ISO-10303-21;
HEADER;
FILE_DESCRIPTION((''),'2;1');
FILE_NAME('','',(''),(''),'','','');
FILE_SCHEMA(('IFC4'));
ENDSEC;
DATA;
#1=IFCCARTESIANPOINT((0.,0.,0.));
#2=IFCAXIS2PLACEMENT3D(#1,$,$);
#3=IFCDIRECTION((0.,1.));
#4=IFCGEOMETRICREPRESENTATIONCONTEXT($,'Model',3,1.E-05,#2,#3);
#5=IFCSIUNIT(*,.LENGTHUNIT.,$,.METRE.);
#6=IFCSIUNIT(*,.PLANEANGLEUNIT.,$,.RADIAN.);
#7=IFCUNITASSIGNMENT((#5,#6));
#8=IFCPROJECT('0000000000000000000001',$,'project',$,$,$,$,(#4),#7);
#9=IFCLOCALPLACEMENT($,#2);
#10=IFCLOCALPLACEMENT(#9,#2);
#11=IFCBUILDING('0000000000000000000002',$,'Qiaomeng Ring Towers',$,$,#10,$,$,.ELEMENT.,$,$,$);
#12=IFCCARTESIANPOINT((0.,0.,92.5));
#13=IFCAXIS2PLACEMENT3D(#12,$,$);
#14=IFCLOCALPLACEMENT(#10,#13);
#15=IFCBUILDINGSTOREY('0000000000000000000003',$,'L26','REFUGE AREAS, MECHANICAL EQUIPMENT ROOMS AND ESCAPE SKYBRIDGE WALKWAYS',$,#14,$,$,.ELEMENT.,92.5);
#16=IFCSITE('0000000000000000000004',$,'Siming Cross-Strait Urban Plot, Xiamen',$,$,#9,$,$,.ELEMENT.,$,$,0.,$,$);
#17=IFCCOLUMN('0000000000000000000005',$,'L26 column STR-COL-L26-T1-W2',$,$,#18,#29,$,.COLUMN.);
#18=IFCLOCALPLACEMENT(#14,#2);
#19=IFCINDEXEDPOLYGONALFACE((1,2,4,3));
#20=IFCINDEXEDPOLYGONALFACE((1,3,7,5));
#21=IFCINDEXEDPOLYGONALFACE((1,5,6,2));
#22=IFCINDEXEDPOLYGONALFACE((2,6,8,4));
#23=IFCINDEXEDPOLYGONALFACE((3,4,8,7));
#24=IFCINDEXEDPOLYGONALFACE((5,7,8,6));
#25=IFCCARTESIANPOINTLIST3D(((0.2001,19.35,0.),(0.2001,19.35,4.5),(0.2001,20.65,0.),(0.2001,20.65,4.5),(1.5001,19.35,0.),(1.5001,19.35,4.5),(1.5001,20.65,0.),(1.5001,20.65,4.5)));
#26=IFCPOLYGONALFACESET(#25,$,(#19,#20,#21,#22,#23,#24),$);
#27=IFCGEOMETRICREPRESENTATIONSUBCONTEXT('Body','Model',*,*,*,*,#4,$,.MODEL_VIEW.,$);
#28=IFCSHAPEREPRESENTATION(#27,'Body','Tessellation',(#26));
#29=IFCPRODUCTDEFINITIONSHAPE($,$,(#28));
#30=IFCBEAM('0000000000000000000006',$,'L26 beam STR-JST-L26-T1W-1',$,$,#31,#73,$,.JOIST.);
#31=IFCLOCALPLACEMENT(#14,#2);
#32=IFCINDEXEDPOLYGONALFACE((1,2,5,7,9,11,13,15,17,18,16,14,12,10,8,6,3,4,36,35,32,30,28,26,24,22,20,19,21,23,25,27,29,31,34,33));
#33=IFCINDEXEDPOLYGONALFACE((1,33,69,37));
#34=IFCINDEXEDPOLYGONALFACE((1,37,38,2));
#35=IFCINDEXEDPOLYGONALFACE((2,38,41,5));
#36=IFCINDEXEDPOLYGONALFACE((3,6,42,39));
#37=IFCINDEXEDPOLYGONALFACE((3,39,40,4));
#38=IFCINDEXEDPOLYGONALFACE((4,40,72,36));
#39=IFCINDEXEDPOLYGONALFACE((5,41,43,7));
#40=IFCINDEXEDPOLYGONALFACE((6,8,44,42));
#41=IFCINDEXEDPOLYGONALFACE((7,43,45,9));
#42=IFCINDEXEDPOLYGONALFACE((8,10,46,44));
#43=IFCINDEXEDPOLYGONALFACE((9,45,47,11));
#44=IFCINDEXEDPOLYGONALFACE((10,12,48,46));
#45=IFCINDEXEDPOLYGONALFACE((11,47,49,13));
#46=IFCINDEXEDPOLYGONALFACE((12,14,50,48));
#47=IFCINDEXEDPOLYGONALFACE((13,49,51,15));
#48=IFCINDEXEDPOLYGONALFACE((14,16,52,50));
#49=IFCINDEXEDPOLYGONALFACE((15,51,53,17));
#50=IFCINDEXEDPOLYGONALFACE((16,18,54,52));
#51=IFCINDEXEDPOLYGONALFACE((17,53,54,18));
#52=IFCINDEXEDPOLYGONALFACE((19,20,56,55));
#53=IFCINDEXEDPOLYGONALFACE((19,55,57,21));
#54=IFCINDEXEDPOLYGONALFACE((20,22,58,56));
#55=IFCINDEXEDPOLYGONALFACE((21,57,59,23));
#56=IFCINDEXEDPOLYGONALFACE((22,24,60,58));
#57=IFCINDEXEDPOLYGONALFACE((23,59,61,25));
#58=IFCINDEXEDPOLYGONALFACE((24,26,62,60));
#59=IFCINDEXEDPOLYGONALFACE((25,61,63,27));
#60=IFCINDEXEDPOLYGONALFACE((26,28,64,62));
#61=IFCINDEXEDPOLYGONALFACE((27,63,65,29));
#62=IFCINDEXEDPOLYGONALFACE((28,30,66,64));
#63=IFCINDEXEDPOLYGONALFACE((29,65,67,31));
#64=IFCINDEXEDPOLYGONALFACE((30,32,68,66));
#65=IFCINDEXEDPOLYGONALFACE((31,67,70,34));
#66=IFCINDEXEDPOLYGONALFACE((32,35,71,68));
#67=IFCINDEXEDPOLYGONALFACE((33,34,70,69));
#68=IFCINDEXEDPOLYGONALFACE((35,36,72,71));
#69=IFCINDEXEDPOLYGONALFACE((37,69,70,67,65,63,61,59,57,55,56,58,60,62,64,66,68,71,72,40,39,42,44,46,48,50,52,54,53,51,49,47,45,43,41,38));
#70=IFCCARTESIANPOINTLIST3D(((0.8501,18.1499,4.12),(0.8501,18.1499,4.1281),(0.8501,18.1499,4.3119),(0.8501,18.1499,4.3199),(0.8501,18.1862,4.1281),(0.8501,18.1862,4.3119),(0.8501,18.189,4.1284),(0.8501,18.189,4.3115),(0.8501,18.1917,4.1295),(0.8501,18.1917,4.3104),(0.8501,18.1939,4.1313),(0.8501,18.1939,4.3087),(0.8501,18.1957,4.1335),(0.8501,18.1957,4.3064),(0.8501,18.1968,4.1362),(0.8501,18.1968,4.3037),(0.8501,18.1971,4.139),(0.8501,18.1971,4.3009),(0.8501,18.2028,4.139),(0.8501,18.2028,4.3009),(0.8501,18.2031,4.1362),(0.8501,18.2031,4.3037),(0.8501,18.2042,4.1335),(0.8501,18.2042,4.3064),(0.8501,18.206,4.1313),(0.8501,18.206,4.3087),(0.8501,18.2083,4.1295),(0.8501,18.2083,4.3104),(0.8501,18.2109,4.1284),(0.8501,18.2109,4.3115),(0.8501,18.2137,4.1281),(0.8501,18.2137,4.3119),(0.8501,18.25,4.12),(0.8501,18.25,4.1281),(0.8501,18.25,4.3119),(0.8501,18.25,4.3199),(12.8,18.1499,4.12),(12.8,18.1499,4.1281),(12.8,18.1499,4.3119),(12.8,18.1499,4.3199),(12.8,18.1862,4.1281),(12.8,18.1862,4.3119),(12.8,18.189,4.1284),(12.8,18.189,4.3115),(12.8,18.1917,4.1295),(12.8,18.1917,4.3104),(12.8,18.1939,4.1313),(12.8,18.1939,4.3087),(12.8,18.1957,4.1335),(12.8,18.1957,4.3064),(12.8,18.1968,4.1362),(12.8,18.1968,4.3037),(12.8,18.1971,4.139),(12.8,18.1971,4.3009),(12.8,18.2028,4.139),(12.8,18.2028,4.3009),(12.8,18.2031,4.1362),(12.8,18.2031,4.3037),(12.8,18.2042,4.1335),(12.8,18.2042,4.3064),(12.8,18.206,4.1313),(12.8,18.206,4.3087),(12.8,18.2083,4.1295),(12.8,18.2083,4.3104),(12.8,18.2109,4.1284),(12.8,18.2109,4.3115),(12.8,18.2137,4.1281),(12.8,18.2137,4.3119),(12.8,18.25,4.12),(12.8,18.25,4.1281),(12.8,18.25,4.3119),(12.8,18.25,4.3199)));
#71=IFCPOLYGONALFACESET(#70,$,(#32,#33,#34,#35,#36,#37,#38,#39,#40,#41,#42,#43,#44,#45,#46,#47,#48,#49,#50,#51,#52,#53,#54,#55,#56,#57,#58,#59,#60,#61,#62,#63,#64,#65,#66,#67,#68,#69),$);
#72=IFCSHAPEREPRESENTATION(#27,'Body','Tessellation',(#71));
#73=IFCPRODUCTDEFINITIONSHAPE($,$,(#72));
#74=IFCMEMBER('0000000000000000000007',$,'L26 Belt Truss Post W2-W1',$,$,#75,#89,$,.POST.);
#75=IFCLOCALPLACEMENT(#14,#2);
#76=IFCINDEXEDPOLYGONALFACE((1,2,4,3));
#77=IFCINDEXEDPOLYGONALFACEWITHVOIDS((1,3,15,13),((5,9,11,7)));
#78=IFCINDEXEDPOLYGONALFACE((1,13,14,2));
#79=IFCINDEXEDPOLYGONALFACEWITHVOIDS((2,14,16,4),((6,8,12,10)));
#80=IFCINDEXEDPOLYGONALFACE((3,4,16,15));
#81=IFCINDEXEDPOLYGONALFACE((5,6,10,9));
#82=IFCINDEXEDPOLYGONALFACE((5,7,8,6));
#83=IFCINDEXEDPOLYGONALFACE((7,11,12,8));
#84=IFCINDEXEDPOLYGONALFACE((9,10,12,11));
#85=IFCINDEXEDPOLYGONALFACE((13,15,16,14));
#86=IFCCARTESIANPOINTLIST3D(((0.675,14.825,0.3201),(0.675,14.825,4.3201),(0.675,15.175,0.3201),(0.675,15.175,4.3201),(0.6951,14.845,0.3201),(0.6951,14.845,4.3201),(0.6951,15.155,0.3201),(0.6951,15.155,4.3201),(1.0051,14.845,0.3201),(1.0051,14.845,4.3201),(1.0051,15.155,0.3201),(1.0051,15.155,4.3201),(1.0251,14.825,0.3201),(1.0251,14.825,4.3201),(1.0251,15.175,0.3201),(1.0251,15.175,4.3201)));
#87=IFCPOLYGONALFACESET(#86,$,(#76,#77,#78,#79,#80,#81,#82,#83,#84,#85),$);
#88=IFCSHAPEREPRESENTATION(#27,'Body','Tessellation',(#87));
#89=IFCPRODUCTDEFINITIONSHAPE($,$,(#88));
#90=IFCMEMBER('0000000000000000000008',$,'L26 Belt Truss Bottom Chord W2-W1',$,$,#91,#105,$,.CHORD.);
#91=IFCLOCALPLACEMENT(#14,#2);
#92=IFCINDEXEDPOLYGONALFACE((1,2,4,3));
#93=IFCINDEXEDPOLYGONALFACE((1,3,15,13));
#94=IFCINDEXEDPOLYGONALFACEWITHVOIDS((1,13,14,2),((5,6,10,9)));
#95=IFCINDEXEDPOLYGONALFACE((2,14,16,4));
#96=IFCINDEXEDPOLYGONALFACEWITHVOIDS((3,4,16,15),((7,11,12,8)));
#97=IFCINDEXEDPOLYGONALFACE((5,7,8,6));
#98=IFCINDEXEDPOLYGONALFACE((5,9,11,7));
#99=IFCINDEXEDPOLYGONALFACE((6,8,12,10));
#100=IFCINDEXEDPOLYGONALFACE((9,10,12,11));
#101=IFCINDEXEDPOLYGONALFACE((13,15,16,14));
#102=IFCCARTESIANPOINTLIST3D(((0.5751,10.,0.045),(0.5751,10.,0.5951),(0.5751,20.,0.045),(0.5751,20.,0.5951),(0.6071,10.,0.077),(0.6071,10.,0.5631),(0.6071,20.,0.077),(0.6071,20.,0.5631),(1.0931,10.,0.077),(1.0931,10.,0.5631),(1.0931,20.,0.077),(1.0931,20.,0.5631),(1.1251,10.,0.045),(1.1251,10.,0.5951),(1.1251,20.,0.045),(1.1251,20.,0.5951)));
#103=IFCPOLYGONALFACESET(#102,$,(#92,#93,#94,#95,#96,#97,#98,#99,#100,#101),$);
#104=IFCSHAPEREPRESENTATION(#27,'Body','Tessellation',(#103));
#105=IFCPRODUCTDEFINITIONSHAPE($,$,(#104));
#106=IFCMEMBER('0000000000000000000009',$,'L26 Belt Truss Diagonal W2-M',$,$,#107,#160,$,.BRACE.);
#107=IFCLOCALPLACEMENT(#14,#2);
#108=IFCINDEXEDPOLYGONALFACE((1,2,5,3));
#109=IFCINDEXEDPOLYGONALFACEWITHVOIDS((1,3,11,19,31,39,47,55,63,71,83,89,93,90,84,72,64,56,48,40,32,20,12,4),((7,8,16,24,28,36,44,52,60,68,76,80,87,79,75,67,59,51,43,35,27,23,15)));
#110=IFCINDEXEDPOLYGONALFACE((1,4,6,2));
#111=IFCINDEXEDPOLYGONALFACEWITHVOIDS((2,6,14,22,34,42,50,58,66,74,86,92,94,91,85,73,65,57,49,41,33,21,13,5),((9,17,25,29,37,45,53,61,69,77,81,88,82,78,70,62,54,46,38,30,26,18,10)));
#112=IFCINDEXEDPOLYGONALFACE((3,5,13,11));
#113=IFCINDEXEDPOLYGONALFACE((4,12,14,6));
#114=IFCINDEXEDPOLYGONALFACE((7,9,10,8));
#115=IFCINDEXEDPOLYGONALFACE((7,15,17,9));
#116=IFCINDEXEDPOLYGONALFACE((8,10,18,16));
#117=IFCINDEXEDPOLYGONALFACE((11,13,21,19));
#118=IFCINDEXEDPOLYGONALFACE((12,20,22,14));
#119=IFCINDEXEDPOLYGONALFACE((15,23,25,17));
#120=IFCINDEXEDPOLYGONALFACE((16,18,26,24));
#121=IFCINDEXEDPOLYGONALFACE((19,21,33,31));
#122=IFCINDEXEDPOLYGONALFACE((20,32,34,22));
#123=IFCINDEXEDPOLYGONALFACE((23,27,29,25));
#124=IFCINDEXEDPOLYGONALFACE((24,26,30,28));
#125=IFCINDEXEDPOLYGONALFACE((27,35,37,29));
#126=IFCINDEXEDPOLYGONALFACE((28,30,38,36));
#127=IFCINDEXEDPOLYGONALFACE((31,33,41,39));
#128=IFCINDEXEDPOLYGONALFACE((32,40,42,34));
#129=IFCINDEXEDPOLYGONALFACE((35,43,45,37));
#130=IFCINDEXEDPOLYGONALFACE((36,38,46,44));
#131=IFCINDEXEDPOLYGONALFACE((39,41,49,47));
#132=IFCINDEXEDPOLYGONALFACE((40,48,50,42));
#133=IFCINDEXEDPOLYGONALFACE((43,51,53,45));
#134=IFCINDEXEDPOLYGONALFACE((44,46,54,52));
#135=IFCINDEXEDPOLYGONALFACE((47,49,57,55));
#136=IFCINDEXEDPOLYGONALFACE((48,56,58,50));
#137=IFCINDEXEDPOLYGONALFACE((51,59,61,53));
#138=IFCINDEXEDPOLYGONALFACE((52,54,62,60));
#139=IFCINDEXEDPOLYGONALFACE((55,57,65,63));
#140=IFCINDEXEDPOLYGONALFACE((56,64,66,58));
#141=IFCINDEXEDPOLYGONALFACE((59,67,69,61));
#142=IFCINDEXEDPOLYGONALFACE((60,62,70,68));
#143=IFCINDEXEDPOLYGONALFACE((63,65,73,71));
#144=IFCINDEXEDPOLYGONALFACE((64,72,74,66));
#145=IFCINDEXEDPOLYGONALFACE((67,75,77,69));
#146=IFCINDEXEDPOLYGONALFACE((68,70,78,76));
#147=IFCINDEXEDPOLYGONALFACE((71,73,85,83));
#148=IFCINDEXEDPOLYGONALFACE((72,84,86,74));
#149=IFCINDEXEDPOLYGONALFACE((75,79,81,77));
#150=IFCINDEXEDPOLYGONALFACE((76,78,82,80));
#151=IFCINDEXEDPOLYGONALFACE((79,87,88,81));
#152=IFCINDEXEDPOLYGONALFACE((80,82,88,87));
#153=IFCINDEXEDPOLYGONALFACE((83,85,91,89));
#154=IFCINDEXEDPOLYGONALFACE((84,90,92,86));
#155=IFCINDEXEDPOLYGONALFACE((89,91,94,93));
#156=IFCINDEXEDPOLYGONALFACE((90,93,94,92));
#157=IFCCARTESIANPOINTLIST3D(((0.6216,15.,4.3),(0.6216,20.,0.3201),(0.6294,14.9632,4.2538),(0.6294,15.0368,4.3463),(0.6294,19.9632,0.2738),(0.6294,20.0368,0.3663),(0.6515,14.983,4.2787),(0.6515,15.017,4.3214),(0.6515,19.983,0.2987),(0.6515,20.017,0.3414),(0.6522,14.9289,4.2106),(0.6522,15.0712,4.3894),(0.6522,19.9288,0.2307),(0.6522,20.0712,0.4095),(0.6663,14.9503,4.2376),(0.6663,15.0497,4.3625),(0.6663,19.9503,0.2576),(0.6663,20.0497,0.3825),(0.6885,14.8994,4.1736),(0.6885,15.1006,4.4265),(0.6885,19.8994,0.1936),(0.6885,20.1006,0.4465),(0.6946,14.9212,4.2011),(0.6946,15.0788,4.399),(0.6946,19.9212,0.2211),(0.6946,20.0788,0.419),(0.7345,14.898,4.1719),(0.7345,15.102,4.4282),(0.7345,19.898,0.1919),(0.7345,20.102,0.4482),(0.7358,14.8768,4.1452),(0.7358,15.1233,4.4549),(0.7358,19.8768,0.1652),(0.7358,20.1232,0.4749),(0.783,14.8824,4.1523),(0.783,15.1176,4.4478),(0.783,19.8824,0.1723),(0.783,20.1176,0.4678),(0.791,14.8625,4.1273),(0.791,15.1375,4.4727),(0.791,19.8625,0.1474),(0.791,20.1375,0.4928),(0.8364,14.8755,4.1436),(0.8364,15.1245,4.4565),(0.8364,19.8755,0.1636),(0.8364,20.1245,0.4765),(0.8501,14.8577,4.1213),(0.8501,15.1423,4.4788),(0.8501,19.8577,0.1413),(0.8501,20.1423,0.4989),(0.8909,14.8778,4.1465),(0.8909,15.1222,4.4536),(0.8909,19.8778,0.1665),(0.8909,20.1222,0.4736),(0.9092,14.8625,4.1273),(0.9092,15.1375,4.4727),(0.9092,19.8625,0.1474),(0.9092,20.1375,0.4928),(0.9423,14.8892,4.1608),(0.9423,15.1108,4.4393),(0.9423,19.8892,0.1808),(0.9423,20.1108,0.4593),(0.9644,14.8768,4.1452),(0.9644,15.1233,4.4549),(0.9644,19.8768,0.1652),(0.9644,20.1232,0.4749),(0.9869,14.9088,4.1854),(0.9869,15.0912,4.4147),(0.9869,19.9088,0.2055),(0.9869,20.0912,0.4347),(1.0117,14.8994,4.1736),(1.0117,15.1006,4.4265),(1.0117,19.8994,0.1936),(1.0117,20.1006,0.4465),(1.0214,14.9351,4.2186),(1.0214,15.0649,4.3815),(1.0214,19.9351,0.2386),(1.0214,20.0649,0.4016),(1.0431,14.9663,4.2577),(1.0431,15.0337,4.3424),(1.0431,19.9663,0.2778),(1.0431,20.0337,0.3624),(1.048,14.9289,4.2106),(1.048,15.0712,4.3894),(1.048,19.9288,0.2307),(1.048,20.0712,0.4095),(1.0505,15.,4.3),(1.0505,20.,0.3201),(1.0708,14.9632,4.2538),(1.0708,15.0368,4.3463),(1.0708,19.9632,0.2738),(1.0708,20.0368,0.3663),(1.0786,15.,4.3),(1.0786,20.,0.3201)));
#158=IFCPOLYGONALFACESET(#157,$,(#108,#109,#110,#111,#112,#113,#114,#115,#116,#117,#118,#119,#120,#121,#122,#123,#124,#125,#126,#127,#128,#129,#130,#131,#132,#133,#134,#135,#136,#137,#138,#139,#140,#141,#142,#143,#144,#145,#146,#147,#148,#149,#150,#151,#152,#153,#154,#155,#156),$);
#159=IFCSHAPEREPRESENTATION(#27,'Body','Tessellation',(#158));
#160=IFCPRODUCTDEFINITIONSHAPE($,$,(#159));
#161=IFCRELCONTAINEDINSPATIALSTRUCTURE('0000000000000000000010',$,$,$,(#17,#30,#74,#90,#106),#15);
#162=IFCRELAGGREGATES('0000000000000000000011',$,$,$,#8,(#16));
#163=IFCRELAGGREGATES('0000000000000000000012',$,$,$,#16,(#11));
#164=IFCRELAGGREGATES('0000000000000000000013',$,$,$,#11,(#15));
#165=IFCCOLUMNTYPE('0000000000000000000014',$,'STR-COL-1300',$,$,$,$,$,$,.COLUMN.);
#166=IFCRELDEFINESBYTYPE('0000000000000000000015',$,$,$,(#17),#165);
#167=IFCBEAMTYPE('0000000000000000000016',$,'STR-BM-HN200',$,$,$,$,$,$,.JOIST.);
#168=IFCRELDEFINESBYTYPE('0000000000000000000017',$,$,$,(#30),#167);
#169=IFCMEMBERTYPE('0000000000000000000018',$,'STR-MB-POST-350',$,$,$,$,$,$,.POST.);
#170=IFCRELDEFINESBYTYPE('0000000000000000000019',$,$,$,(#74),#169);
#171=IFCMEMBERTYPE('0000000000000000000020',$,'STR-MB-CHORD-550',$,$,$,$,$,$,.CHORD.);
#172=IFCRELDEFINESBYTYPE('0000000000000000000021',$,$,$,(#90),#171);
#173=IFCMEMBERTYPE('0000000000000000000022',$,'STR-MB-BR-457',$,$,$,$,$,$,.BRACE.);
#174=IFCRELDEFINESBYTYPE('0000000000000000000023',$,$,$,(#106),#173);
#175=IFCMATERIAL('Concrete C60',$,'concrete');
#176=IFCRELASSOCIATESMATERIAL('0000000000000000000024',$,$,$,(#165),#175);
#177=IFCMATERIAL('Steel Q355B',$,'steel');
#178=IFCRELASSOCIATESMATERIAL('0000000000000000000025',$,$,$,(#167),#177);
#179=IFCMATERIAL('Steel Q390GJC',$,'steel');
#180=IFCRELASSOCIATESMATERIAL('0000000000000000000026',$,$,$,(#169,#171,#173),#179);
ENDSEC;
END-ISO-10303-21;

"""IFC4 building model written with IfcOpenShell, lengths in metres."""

from ifc_helpers import new_model, si_unit, direction, frame, origin, origin_2d, place, context, subcontext, project, spatial, rectangle, hollow_rectangle, hollow_circle, i_section, extrude, source, transform, mapped, material, material_profile, profile_set, type_object, element, save


model = new_model("IFC4")

# Units and contexts
model_context = context("Model", 3, precision=1e-05, world=origin(), true_north=direction((0.0, 1.0)))
body_context = subcontext(model_context, "Body", "Model", "MODEL_VIEW")
ifc_project = project(units=[si_unit("LENGTHUNIT", "METRE"), si_unit("PLANEANGLEUNIT", "RADIAN")], contexts=[model_context])

# Site, building, storey
site_placement = place(None, origin())
site = spatial("IfcSite", under=ifc_project, at=site_placement, Name="Siming Cross-Strait Urban Plot, Xiamen", CompositionType="ELEMENT", RefElevation=0.0)
building_placement = place(site_placement, origin())
building = spatial("IfcBuilding", under=site, at=building_placement, Name="Qiaomeng Ring Towers", CompositionType="ELEMENT")
storey_placement = place(building_placement, frame((0.0, 0.0, 92.5)))
storey = spatial("IfcBuildingStorey", under=building, at=storey_placement, Name="L26", Description="REFUGE AREAS, MECHANICAL EQUIPMENT ROOMS AND ESCAPE SKYBRIDGE WALKWAYS", CompositionType="ELEMENT", Elevation=92.5)

# Column
ifc_material_1 = material(Name="Concrete C60", Category="concrete")
ifc_material_profile_1 = material_profile(ifc_material_1, rectangle(XDim=1.3, YDim=1.3, at=origin_2d()), Name="RC COL 1300x1300")
ifc_profile_set_1 = profile_set([ifc_material_profile_1], Name="Concrete C60")
column_type = type_object("IfcColumnType", Name="STR-COL-1300", PredefinedType="COLUMN", material=ifc_profile_set_1)
shared_shape_1 = source(origin(), body_context, "Body", "SweptSolid", [
    extrude(rectangle(XDim=1.3, YDim=1.3, at=origin_2d()), origin(), (0.0, 0.0, 1.0), 4.5),
])
column_placement = place(storey_placement, frame((0.8501, 20.0, 0.0), z_axis=(0.0, 0.0, 1.0), x_axis=(1.0, 0.0, 0.0)))
element("IfcColumn", 1, at=column_placement, inside=storey, type_object=column_type, Name="L26 column STR-COL-L26-T1-W2", PredefinedType="COLUMN", context=body_context, shape_type="MappedRepresentation", body=[
    mapped(shared_shape_1, transform((0.0, 0.0, 0.0), x_axis=(1.0, 0.0, 0.0), y_axis=(0.0, 1.0, 0.0), z_axis=(0.0, 0.0, 1.0), scale=1.0)),
])

# Beam
ifc_material_2 = material(Name="Steel Q355B", Category="steel")
ifc_material_profile_2 = material_profile(ifc_material_2, i_section(OverallWidth=0.1001, OverallDepth=0.2, WebThickness=0.0056, FlangeThickness=0.0081, FilletRadius=0.011, at=origin_2d()), Name="HN 200x100x5.5x8")
ifc_profile_set_2 = profile_set([ifc_material_profile_2], Name="Steel Q355B")
beam_type_1 = type_object("IfcBeamType", Name="STR-BM-HN200", PredefinedType="JOIST", material=ifc_profile_set_2)
shared_shape_2 = source(origin(), body_context, "Body", "SweptSolid", [
    extrude(i_section(OverallWidth=0.1001, OverallDepth=0.2, WebThickness=0.0056, FlangeThickness=0.0081, FilletRadius=0.011, at=origin_2d()), origin(), (0.0, 0.0, 1.0), 11.95),
])
beam_1_placement = place(storey_placement, frame((0.8501, 18.2, 4.22), z_axis=(1.0, 0.0, 0.0), x_axis=(0.0, 1.0, 0.0)))
element("IfcBeam", 2, at=beam_1_placement, inside=storey, type_object=beam_type_1, Name="L26 beam STR-JST-L26-T1W-1", PredefinedType="JOIST", context=body_context, shape_type="MappedRepresentation", body=[
    mapped(shared_shape_2, transform((0.0, 0.0, 0.0), x_axis=(1.0, 0.0, 0.0), y_axis=(0.0, 1.0, 0.0), z_axis=(0.0, 0.0, 1.0), scale=1.0)),
])

# Members
ifc_material_3 = material(Name="Steel Q390GJC", Category="steel")
ifc_material_profile_3 = material_profile(ifc_material_3, hollow_rectangle(XDim=0.3501, YDim=0.3501, WallThickness=0.02, at=origin_2d()), Name="SHS 350x350x20")
ifc_profile_set_3 = profile_set([ifc_material_profile_3], Name="Steel Q390GJC")
member_type_1 = type_object("IfcMemberType", Name="STR-MB-POST-350", PredefinedType="POST", material=ifc_profile_set_3)
shared_shape_3 = source(origin(), body_context, "Body", "SweptSolid", [
    extrude(hollow_rectangle(XDim=0.3501, YDim=0.3501, WallThickness=0.02, at=origin_2d()), origin(), (0.0, 0.0, 1.0), 4.0),
])
member_1_placement = place(storey_placement, frame((0.8501, 15.0, 0.3201), z_axis=(0.0, 0.0, 1.0), x_axis=(1.0, 0.0, 0.0)))
element("IfcMember", 3, at=member_1_placement, inside=storey, type_object=member_type_1, Name="L26 Belt Truss Post W2-W1", PredefinedType="POST", context=body_context, shape_type="MappedRepresentation", body=[
    mapped(shared_shape_3, transform((0.0, 0.0, 0.0), x_axis=(1.0, 0.0, 0.0), y_axis=(0.0, 1.0, 0.0), z_axis=(0.0, 0.0, 1.0), scale=1.0)),
])
ifc_material_profile_4 = material_profile(ifc_material_3, hollow_rectangle(XDim=0.55, YDim=0.55, WallThickness=0.032, at=origin_2d()), Name="SHS 550x550x32")
ifc_profile_set_4 = profile_set([ifc_material_profile_4], Name="Steel Q390GJC")
member_type_2 = type_object("IfcMemberType", Name="STR-MB-CHORD-550", PredefinedType="CHORD", material=ifc_profile_set_4)
shared_shape_4 = source(origin(), body_context, "Body", "SweptSolid", [
    extrude(hollow_rectangle(XDim=0.55, YDim=0.55, WallThickness=0.032, at=origin_2d()), origin(), (0.0, 0.0, 1.0), 10.0),
])
member_2_placement = place(storey_placement, frame((0.8501, 20.0, 0.3201), z_axis=(0.0, -1.0, 0.0), x_axis=(1.0, 0.0, 0.0)))
element("IfcMember", 4, at=member_2_placement, inside=storey, type_object=member_type_2, Name="L26 Belt Truss Bottom Chord W2-W1", PredefinedType="CHORD", context=body_context, shape_type="MappedRepresentation", body=[
    mapped(shared_shape_4, transform((0.0, 0.0, 0.0), x_axis=(1.0, 0.0, 0.0), y_axis=(0.0, 1.0, 0.0), z_axis=(0.0, 0.0, 1.0), scale=1.0)),
])
ifc_material_profile_5 = material_profile(ifc_material_3, hollow_circle(Radius=0.2285, WallThickness=0.0281, at=origin_2d()), Name="CHS 457x28")
ifc_profile_set_5 = profile_set([ifc_material_profile_5], Name="Steel Q390GJC")
member_type_3 = type_object("IfcMemberType", Name="STR-MB-BR-457", PredefinedType="BRACE", material=ifc_profile_set_5)
shared_shape_5 = source(origin(), body_context, "Body", "SweptSolid", [
    extrude(hollow_circle(Radius=0.2285, WallThickness=0.0281, at=origin_2d()), origin(), (0.0, 0.0, 1.0), 6.3906),
])
member_3_placement = place(storey_placement, frame((0.8501, 20.0, 0.3201), z_axis=(0.0, -0.782395, 0.622783), x_axis=(1.0, 0.0, 0.0)))
element("IfcMember", 5, at=member_3_placement, inside=storey, type_object=member_type_3, Name="L26 Belt Truss Diagonal W2-M", PredefinedType="BRACE", context=body_context, shape_type="MappedRepresentation", body=[
    mapped(shared_shape_5, transform((0.0, 0.0, 0.0), x_axis=(1.0, 0.0, 0.0), y_axis=(0.0, 1.0, 0.0), z_axis=(0.0, 0.0, 1.0), scale=1.0)),
])

save(model, "model.ifc")
